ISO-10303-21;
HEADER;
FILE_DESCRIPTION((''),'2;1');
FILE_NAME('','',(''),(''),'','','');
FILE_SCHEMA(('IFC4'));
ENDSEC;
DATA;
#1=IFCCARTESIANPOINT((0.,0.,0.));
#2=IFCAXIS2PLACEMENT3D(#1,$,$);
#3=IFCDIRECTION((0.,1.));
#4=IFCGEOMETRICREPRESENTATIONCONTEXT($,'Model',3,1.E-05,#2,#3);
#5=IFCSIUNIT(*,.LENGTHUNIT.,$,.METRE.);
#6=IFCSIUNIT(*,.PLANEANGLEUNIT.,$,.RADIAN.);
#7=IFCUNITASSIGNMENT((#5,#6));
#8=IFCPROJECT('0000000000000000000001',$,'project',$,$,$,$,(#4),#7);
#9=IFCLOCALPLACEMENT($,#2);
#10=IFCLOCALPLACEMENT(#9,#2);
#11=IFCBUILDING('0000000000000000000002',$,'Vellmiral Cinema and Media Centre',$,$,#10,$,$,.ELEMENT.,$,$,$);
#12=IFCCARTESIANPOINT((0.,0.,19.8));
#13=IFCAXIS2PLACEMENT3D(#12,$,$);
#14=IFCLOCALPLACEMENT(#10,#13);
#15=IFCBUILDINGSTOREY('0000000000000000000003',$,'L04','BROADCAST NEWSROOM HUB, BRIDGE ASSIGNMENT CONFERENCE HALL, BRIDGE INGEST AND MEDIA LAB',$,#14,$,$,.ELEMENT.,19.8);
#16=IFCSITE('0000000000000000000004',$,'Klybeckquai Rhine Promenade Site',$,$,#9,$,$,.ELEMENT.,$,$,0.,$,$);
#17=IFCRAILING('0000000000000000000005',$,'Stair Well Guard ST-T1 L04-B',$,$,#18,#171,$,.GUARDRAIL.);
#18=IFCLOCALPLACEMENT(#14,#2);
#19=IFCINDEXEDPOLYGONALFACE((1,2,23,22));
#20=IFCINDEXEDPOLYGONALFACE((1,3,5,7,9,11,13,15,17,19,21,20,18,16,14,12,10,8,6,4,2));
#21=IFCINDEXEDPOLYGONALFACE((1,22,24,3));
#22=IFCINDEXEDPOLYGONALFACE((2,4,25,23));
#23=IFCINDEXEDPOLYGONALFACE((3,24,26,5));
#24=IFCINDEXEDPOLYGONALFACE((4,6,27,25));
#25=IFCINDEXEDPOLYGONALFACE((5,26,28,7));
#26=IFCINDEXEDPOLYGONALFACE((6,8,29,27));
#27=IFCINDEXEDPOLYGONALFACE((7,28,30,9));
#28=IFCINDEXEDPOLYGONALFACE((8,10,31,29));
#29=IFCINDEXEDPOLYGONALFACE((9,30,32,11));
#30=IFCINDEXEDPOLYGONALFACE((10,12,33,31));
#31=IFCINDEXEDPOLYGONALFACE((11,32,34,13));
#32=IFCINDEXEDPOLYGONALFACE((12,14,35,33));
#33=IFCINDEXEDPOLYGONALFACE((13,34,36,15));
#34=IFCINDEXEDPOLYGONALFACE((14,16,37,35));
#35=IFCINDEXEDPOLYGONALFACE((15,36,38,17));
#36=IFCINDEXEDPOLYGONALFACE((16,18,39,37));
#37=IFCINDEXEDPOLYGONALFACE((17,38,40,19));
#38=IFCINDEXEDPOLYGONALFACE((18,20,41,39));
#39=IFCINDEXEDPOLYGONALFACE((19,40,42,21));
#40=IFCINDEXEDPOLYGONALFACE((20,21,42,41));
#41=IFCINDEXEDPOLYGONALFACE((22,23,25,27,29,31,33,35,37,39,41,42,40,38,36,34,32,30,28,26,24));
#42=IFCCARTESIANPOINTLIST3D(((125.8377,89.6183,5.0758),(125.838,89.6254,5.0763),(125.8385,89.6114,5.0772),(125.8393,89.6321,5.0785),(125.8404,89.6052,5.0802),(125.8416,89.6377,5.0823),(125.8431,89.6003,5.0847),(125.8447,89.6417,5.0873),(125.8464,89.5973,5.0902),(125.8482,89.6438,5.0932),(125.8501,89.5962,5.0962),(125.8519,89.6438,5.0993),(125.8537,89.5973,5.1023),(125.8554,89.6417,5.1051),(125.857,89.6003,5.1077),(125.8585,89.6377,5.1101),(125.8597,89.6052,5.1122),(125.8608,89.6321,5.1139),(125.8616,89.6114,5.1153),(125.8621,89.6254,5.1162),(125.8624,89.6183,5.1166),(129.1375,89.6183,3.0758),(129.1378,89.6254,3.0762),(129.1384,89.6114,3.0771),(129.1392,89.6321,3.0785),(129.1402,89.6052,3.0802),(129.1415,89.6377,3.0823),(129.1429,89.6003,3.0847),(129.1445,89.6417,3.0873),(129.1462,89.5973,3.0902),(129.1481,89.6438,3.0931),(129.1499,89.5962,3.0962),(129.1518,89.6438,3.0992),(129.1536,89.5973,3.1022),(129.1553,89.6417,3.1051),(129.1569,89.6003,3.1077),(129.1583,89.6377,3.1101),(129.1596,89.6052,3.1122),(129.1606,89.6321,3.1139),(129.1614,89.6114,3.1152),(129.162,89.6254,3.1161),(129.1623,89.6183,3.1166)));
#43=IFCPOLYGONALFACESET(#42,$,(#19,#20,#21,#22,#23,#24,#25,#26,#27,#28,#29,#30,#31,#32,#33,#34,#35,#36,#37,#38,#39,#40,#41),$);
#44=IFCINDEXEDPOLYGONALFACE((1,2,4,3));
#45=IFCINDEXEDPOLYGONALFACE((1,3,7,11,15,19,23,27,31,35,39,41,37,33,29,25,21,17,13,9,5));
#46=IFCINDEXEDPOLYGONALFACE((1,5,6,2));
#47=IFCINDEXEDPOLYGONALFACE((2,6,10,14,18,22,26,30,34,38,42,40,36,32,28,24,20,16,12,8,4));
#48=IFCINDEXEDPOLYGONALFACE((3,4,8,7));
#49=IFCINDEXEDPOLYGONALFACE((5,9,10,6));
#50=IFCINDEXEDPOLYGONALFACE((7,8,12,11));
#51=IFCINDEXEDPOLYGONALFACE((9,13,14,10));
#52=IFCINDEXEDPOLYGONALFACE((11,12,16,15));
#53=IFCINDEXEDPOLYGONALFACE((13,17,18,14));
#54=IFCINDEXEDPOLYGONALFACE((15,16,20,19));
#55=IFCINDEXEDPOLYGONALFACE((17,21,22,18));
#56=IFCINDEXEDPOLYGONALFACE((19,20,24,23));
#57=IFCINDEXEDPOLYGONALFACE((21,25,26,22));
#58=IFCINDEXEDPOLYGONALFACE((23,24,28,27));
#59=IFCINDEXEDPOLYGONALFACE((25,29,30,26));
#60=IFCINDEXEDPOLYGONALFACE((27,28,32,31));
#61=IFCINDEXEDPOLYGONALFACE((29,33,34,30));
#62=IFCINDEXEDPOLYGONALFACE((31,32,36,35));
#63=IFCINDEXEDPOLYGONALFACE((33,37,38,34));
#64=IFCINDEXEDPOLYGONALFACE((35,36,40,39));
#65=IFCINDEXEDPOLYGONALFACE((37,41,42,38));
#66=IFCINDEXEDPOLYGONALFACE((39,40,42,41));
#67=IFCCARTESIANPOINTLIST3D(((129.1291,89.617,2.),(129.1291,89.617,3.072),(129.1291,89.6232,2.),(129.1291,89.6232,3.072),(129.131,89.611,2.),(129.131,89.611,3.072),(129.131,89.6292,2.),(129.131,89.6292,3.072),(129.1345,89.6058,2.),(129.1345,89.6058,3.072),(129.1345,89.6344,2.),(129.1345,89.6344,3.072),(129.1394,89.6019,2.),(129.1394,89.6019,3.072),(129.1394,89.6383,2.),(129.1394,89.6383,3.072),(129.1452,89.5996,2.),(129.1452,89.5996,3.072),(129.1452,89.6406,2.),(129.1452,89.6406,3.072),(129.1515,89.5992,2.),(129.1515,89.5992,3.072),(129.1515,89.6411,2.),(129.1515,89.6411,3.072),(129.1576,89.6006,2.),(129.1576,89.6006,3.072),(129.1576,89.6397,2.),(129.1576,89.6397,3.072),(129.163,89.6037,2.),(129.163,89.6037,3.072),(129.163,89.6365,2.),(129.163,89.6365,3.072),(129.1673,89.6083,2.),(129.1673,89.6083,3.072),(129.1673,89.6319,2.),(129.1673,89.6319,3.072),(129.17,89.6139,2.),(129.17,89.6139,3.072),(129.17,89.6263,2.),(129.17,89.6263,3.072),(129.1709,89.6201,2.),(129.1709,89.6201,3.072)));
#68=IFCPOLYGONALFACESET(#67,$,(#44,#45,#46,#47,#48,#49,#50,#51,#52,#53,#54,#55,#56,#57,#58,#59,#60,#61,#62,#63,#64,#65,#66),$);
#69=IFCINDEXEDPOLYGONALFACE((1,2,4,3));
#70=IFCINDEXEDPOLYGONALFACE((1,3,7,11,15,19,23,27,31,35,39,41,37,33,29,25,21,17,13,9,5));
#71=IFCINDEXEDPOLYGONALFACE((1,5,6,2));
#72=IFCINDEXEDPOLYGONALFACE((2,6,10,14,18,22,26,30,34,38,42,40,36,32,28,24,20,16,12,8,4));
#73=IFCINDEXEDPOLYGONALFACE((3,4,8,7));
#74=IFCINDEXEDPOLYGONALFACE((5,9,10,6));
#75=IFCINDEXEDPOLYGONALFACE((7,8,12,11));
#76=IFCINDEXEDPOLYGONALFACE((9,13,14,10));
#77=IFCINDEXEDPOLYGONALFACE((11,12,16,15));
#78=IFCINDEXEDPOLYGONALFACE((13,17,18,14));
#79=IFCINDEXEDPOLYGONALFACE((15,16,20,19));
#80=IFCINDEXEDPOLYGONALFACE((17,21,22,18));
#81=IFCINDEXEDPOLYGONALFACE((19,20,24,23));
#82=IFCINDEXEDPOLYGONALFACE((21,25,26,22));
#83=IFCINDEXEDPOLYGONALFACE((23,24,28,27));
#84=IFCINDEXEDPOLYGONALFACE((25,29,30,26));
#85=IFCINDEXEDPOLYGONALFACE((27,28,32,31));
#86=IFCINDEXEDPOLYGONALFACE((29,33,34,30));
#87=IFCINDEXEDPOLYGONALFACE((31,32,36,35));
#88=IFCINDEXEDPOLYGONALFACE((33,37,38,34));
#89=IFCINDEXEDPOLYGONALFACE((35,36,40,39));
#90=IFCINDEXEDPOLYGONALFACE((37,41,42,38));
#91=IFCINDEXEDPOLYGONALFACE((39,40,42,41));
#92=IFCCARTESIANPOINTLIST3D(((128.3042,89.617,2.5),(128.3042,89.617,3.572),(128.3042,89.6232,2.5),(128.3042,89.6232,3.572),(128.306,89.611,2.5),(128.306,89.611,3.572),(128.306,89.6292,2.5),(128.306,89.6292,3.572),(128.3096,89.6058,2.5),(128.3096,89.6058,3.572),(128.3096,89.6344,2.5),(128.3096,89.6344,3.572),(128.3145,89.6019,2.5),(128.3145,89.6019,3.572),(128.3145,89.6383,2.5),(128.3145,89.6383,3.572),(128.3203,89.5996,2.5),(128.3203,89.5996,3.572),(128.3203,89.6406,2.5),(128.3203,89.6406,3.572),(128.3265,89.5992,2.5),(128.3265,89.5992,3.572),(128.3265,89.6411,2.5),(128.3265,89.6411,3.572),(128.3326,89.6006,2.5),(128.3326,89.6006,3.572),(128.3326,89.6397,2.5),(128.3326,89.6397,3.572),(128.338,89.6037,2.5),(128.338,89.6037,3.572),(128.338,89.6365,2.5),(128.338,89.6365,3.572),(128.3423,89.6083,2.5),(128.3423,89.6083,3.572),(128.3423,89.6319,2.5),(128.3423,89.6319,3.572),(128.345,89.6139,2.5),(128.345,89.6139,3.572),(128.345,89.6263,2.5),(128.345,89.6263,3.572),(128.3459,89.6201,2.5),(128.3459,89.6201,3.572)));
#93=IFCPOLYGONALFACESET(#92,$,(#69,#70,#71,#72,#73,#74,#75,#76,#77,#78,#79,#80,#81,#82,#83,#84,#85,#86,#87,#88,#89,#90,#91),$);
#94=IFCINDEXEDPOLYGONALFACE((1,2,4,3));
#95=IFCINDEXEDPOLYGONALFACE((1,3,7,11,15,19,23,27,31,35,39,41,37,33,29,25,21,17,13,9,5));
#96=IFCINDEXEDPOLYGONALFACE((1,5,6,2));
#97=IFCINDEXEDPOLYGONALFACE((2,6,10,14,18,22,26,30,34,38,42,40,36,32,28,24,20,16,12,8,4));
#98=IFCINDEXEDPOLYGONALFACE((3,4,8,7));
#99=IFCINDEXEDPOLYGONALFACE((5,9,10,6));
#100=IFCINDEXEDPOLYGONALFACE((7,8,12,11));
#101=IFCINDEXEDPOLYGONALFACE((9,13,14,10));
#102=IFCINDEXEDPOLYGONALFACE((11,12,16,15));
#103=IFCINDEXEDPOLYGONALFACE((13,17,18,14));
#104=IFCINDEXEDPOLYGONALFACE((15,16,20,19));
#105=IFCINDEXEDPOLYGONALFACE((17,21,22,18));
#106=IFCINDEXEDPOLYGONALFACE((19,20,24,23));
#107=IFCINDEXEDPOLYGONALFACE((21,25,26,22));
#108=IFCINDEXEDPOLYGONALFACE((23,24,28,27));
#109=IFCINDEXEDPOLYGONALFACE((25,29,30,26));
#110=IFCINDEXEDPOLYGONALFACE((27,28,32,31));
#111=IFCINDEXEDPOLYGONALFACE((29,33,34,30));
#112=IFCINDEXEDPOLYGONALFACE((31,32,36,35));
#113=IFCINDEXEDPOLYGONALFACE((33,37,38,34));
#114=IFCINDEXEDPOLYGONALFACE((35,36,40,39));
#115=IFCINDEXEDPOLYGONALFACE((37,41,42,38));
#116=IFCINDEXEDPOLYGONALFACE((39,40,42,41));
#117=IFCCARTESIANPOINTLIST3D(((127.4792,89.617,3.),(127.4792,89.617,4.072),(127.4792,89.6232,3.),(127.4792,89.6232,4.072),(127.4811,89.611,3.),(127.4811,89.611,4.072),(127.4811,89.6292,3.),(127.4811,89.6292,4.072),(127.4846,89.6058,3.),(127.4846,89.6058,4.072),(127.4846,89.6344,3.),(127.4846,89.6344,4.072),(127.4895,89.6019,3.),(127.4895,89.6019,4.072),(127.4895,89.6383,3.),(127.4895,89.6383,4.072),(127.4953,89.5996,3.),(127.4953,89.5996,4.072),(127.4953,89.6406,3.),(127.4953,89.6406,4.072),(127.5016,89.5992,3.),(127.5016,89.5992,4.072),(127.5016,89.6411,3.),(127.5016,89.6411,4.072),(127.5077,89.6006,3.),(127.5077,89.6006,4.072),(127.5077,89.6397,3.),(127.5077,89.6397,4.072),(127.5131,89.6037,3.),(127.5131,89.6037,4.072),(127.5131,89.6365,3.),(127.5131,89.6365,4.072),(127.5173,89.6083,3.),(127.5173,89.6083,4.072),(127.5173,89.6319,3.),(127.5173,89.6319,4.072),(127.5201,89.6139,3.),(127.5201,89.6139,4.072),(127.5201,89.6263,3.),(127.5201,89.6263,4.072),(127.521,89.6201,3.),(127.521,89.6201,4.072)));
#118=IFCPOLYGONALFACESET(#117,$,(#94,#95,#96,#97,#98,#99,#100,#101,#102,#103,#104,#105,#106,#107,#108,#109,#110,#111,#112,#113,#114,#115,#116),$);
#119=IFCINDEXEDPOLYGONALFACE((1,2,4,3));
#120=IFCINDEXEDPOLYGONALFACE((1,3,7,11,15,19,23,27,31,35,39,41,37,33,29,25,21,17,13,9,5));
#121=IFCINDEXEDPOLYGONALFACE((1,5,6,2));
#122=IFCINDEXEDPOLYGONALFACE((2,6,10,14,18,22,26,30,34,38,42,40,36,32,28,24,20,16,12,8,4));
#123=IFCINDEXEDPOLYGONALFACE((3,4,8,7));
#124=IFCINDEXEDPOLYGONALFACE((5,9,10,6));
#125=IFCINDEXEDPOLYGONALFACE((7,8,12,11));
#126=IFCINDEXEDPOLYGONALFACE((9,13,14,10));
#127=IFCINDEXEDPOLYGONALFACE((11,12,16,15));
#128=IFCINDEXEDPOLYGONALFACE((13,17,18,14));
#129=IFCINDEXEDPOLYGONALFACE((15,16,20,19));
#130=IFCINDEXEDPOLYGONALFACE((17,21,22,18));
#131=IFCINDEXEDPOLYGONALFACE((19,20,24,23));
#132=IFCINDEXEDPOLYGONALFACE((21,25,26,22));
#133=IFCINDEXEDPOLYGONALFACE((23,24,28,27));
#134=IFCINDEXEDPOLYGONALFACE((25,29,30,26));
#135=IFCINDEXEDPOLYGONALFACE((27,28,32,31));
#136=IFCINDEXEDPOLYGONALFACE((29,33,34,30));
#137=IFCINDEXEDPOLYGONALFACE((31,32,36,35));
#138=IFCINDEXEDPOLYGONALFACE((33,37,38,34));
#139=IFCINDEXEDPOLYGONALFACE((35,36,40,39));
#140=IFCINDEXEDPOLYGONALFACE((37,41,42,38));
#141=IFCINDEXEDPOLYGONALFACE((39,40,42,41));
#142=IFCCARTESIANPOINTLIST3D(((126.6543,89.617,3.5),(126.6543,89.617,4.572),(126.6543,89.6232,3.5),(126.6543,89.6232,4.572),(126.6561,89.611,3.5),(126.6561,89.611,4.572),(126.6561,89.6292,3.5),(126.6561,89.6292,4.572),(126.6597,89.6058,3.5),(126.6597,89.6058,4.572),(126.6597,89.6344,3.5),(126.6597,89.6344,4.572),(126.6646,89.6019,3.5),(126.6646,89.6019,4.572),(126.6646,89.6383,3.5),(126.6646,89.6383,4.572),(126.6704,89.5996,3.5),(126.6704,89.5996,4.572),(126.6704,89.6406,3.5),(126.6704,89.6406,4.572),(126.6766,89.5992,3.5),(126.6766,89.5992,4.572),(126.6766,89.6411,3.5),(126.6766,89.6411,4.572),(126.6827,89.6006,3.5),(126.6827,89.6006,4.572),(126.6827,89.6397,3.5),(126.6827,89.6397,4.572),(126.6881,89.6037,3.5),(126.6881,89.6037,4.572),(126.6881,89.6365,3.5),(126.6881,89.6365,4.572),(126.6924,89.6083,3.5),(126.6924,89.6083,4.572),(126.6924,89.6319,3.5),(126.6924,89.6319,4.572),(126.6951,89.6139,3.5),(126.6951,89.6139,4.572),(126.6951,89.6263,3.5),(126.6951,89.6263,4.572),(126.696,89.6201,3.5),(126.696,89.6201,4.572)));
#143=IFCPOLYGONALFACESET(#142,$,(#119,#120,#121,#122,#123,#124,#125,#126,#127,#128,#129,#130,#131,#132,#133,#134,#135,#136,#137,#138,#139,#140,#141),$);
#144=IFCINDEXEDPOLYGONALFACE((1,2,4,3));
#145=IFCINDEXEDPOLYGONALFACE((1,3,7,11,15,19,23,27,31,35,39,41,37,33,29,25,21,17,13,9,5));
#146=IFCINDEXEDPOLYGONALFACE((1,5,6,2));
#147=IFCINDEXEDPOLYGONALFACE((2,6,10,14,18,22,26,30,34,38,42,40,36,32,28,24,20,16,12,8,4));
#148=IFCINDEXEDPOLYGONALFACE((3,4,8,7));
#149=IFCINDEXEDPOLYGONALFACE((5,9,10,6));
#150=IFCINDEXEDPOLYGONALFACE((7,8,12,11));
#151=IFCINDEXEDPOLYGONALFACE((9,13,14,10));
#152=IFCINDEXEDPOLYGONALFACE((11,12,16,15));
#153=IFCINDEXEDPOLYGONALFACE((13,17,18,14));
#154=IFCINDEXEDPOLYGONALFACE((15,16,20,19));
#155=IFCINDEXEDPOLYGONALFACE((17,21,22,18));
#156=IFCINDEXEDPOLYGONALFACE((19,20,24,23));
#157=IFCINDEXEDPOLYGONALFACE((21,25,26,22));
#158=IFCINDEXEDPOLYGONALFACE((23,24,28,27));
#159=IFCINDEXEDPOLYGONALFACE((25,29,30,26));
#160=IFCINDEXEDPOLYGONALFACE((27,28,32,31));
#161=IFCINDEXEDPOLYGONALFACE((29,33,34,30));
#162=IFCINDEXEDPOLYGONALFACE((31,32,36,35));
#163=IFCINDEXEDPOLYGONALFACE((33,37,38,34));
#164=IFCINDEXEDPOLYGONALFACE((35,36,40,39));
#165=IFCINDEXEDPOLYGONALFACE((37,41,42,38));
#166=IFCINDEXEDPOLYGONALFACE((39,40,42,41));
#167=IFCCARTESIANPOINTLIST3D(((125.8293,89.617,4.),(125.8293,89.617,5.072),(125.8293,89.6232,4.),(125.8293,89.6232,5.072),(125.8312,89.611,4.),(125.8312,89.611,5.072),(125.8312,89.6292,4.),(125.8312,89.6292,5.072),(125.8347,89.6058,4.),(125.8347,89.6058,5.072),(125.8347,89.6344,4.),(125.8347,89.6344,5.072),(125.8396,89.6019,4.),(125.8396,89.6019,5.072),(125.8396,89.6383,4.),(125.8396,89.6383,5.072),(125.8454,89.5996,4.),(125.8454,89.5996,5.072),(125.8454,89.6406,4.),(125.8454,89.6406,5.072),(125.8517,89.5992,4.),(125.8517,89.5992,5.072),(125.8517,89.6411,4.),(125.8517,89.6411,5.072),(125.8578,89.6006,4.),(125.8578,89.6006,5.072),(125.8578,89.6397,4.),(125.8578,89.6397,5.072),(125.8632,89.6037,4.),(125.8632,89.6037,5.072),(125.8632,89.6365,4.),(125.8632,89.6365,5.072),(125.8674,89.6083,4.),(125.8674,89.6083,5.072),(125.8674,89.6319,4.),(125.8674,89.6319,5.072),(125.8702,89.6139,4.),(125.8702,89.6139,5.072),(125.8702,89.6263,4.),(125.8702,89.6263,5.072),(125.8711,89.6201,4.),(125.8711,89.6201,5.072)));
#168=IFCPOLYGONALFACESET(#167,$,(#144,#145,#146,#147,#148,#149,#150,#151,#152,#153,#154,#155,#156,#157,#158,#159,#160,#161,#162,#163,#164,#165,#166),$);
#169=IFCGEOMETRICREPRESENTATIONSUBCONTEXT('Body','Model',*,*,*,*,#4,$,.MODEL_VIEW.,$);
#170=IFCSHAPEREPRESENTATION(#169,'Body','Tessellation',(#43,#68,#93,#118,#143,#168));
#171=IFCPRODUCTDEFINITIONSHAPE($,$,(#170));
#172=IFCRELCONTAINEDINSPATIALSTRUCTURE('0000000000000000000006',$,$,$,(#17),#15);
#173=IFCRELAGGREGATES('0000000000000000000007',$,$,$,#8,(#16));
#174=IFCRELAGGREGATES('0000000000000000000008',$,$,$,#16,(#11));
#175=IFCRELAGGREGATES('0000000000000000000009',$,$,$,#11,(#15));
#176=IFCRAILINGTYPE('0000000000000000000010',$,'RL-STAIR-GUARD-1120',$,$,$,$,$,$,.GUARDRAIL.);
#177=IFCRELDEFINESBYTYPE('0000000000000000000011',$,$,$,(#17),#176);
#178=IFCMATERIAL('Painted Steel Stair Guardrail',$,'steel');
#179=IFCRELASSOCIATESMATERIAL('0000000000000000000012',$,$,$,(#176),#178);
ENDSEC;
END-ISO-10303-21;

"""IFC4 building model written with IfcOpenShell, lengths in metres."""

from ifc_helpers import new_model, si_unit, direction, frame, origin, origin_2d, place, context, subcontext, project, spatial, circle, extrude, material, type_object, element, save


model = new_model("IFC4")

# Units and contexts
model_context = context("Model", 3, precision=1e-05, world=origin(), true_north=direction((0.0, 1.0)))
body_context = subcontext(model_context, "Body", "Model", "MODEL_VIEW")
ifc_project = project(units=[si_unit("LENGTHUNIT", "METRE"), si_unit("PLANEANGLEUNIT", "RADIAN")], contexts=[model_context])

# Site, building, storey
site_placement = place(None, origin())
site = spatial("IfcSite", under=ifc_project, at=site_placement, Name="Klybeckquai Rhine Promenade Site", CompositionType="ELEMENT", RefElevation=0.0)
building_placement = place(site_placement, origin())
building = spatial("IfcBuilding", under=site, at=building_placement, Name="Vellmiral Cinema and Media Centre", CompositionType="ELEMENT")
storey_placement = place(building_placement, frame((0.0, 0.0, 19.8)))
storey = spatial("IfcBuildingStorey", under=building, at=storey_placement, Name="L04", Description="BROADCAST NEWSROOM HUB, BRIDGE ASSIGNMENT CONFERENCE HALL, BRIDGE INGEST AND MEDIA LAB", CompositionType="ELEMENT", Elevation=19.8)

# Railing
ifc_material_1 = material(Name="Painted Steel Stair Guardrail", Category="steel")
railing_type_1 = type_object("IfcRailingType", Name="RL-STAIR-GUARD-1120", PredefinedType="GUARDRAIL", material=ifc_material_1)
railing_1_placement = place(storey_placement, frame((129.1499, 89.6201, 2.0)))
element("IfcRailing", 1, at=railing_1_placement, inside=storey, type_object=railing_type_1, Name="Stair Well Guard ST-T1 L04-B", PredefinedType="GUARDRAIL", context=body_context, shape_type="SweptSolid", body=[
    extrude(circle(Radius=0.0239, at=origin_2d()), frame((0.0, 0.0, 1.0962), z_axis=(-0.855184, 0.0, 0.518324), x_axis=(0.0, -1.0, 0.0)), (0.0, 0.0, 1.0), 3.8586),
    extrude(circle(Radius=0.021, at=origin_2d()), origin(), (0.0, 0.0, 1.0), 1.072),
    extrude(circle(Radius=0.021, at=origin_2d()), frame((-0.825, 0.0, 0.5)), (0.0, 0.0, 1.0), 1.072),
    extrude(circle(Radius=0.021, at=origin_2d()), frame((-1.6499, 0.0, 1.0)), (0.0, 0.0, 1.0), 1.072),
    extrude(circle(Radius=0.021, at=origin_2d()), frame((-2.4749, 0.0, 1.5)), (0.0, 0.0, 1.0), 1.072),
    extrude(circle(Radius=0.021, at=origin_2d()), frame((-3.2998, 0.0, 2.0)), (0.0, 0.0, 1.0), 1.072),
])

save(model, "model.ifc")
